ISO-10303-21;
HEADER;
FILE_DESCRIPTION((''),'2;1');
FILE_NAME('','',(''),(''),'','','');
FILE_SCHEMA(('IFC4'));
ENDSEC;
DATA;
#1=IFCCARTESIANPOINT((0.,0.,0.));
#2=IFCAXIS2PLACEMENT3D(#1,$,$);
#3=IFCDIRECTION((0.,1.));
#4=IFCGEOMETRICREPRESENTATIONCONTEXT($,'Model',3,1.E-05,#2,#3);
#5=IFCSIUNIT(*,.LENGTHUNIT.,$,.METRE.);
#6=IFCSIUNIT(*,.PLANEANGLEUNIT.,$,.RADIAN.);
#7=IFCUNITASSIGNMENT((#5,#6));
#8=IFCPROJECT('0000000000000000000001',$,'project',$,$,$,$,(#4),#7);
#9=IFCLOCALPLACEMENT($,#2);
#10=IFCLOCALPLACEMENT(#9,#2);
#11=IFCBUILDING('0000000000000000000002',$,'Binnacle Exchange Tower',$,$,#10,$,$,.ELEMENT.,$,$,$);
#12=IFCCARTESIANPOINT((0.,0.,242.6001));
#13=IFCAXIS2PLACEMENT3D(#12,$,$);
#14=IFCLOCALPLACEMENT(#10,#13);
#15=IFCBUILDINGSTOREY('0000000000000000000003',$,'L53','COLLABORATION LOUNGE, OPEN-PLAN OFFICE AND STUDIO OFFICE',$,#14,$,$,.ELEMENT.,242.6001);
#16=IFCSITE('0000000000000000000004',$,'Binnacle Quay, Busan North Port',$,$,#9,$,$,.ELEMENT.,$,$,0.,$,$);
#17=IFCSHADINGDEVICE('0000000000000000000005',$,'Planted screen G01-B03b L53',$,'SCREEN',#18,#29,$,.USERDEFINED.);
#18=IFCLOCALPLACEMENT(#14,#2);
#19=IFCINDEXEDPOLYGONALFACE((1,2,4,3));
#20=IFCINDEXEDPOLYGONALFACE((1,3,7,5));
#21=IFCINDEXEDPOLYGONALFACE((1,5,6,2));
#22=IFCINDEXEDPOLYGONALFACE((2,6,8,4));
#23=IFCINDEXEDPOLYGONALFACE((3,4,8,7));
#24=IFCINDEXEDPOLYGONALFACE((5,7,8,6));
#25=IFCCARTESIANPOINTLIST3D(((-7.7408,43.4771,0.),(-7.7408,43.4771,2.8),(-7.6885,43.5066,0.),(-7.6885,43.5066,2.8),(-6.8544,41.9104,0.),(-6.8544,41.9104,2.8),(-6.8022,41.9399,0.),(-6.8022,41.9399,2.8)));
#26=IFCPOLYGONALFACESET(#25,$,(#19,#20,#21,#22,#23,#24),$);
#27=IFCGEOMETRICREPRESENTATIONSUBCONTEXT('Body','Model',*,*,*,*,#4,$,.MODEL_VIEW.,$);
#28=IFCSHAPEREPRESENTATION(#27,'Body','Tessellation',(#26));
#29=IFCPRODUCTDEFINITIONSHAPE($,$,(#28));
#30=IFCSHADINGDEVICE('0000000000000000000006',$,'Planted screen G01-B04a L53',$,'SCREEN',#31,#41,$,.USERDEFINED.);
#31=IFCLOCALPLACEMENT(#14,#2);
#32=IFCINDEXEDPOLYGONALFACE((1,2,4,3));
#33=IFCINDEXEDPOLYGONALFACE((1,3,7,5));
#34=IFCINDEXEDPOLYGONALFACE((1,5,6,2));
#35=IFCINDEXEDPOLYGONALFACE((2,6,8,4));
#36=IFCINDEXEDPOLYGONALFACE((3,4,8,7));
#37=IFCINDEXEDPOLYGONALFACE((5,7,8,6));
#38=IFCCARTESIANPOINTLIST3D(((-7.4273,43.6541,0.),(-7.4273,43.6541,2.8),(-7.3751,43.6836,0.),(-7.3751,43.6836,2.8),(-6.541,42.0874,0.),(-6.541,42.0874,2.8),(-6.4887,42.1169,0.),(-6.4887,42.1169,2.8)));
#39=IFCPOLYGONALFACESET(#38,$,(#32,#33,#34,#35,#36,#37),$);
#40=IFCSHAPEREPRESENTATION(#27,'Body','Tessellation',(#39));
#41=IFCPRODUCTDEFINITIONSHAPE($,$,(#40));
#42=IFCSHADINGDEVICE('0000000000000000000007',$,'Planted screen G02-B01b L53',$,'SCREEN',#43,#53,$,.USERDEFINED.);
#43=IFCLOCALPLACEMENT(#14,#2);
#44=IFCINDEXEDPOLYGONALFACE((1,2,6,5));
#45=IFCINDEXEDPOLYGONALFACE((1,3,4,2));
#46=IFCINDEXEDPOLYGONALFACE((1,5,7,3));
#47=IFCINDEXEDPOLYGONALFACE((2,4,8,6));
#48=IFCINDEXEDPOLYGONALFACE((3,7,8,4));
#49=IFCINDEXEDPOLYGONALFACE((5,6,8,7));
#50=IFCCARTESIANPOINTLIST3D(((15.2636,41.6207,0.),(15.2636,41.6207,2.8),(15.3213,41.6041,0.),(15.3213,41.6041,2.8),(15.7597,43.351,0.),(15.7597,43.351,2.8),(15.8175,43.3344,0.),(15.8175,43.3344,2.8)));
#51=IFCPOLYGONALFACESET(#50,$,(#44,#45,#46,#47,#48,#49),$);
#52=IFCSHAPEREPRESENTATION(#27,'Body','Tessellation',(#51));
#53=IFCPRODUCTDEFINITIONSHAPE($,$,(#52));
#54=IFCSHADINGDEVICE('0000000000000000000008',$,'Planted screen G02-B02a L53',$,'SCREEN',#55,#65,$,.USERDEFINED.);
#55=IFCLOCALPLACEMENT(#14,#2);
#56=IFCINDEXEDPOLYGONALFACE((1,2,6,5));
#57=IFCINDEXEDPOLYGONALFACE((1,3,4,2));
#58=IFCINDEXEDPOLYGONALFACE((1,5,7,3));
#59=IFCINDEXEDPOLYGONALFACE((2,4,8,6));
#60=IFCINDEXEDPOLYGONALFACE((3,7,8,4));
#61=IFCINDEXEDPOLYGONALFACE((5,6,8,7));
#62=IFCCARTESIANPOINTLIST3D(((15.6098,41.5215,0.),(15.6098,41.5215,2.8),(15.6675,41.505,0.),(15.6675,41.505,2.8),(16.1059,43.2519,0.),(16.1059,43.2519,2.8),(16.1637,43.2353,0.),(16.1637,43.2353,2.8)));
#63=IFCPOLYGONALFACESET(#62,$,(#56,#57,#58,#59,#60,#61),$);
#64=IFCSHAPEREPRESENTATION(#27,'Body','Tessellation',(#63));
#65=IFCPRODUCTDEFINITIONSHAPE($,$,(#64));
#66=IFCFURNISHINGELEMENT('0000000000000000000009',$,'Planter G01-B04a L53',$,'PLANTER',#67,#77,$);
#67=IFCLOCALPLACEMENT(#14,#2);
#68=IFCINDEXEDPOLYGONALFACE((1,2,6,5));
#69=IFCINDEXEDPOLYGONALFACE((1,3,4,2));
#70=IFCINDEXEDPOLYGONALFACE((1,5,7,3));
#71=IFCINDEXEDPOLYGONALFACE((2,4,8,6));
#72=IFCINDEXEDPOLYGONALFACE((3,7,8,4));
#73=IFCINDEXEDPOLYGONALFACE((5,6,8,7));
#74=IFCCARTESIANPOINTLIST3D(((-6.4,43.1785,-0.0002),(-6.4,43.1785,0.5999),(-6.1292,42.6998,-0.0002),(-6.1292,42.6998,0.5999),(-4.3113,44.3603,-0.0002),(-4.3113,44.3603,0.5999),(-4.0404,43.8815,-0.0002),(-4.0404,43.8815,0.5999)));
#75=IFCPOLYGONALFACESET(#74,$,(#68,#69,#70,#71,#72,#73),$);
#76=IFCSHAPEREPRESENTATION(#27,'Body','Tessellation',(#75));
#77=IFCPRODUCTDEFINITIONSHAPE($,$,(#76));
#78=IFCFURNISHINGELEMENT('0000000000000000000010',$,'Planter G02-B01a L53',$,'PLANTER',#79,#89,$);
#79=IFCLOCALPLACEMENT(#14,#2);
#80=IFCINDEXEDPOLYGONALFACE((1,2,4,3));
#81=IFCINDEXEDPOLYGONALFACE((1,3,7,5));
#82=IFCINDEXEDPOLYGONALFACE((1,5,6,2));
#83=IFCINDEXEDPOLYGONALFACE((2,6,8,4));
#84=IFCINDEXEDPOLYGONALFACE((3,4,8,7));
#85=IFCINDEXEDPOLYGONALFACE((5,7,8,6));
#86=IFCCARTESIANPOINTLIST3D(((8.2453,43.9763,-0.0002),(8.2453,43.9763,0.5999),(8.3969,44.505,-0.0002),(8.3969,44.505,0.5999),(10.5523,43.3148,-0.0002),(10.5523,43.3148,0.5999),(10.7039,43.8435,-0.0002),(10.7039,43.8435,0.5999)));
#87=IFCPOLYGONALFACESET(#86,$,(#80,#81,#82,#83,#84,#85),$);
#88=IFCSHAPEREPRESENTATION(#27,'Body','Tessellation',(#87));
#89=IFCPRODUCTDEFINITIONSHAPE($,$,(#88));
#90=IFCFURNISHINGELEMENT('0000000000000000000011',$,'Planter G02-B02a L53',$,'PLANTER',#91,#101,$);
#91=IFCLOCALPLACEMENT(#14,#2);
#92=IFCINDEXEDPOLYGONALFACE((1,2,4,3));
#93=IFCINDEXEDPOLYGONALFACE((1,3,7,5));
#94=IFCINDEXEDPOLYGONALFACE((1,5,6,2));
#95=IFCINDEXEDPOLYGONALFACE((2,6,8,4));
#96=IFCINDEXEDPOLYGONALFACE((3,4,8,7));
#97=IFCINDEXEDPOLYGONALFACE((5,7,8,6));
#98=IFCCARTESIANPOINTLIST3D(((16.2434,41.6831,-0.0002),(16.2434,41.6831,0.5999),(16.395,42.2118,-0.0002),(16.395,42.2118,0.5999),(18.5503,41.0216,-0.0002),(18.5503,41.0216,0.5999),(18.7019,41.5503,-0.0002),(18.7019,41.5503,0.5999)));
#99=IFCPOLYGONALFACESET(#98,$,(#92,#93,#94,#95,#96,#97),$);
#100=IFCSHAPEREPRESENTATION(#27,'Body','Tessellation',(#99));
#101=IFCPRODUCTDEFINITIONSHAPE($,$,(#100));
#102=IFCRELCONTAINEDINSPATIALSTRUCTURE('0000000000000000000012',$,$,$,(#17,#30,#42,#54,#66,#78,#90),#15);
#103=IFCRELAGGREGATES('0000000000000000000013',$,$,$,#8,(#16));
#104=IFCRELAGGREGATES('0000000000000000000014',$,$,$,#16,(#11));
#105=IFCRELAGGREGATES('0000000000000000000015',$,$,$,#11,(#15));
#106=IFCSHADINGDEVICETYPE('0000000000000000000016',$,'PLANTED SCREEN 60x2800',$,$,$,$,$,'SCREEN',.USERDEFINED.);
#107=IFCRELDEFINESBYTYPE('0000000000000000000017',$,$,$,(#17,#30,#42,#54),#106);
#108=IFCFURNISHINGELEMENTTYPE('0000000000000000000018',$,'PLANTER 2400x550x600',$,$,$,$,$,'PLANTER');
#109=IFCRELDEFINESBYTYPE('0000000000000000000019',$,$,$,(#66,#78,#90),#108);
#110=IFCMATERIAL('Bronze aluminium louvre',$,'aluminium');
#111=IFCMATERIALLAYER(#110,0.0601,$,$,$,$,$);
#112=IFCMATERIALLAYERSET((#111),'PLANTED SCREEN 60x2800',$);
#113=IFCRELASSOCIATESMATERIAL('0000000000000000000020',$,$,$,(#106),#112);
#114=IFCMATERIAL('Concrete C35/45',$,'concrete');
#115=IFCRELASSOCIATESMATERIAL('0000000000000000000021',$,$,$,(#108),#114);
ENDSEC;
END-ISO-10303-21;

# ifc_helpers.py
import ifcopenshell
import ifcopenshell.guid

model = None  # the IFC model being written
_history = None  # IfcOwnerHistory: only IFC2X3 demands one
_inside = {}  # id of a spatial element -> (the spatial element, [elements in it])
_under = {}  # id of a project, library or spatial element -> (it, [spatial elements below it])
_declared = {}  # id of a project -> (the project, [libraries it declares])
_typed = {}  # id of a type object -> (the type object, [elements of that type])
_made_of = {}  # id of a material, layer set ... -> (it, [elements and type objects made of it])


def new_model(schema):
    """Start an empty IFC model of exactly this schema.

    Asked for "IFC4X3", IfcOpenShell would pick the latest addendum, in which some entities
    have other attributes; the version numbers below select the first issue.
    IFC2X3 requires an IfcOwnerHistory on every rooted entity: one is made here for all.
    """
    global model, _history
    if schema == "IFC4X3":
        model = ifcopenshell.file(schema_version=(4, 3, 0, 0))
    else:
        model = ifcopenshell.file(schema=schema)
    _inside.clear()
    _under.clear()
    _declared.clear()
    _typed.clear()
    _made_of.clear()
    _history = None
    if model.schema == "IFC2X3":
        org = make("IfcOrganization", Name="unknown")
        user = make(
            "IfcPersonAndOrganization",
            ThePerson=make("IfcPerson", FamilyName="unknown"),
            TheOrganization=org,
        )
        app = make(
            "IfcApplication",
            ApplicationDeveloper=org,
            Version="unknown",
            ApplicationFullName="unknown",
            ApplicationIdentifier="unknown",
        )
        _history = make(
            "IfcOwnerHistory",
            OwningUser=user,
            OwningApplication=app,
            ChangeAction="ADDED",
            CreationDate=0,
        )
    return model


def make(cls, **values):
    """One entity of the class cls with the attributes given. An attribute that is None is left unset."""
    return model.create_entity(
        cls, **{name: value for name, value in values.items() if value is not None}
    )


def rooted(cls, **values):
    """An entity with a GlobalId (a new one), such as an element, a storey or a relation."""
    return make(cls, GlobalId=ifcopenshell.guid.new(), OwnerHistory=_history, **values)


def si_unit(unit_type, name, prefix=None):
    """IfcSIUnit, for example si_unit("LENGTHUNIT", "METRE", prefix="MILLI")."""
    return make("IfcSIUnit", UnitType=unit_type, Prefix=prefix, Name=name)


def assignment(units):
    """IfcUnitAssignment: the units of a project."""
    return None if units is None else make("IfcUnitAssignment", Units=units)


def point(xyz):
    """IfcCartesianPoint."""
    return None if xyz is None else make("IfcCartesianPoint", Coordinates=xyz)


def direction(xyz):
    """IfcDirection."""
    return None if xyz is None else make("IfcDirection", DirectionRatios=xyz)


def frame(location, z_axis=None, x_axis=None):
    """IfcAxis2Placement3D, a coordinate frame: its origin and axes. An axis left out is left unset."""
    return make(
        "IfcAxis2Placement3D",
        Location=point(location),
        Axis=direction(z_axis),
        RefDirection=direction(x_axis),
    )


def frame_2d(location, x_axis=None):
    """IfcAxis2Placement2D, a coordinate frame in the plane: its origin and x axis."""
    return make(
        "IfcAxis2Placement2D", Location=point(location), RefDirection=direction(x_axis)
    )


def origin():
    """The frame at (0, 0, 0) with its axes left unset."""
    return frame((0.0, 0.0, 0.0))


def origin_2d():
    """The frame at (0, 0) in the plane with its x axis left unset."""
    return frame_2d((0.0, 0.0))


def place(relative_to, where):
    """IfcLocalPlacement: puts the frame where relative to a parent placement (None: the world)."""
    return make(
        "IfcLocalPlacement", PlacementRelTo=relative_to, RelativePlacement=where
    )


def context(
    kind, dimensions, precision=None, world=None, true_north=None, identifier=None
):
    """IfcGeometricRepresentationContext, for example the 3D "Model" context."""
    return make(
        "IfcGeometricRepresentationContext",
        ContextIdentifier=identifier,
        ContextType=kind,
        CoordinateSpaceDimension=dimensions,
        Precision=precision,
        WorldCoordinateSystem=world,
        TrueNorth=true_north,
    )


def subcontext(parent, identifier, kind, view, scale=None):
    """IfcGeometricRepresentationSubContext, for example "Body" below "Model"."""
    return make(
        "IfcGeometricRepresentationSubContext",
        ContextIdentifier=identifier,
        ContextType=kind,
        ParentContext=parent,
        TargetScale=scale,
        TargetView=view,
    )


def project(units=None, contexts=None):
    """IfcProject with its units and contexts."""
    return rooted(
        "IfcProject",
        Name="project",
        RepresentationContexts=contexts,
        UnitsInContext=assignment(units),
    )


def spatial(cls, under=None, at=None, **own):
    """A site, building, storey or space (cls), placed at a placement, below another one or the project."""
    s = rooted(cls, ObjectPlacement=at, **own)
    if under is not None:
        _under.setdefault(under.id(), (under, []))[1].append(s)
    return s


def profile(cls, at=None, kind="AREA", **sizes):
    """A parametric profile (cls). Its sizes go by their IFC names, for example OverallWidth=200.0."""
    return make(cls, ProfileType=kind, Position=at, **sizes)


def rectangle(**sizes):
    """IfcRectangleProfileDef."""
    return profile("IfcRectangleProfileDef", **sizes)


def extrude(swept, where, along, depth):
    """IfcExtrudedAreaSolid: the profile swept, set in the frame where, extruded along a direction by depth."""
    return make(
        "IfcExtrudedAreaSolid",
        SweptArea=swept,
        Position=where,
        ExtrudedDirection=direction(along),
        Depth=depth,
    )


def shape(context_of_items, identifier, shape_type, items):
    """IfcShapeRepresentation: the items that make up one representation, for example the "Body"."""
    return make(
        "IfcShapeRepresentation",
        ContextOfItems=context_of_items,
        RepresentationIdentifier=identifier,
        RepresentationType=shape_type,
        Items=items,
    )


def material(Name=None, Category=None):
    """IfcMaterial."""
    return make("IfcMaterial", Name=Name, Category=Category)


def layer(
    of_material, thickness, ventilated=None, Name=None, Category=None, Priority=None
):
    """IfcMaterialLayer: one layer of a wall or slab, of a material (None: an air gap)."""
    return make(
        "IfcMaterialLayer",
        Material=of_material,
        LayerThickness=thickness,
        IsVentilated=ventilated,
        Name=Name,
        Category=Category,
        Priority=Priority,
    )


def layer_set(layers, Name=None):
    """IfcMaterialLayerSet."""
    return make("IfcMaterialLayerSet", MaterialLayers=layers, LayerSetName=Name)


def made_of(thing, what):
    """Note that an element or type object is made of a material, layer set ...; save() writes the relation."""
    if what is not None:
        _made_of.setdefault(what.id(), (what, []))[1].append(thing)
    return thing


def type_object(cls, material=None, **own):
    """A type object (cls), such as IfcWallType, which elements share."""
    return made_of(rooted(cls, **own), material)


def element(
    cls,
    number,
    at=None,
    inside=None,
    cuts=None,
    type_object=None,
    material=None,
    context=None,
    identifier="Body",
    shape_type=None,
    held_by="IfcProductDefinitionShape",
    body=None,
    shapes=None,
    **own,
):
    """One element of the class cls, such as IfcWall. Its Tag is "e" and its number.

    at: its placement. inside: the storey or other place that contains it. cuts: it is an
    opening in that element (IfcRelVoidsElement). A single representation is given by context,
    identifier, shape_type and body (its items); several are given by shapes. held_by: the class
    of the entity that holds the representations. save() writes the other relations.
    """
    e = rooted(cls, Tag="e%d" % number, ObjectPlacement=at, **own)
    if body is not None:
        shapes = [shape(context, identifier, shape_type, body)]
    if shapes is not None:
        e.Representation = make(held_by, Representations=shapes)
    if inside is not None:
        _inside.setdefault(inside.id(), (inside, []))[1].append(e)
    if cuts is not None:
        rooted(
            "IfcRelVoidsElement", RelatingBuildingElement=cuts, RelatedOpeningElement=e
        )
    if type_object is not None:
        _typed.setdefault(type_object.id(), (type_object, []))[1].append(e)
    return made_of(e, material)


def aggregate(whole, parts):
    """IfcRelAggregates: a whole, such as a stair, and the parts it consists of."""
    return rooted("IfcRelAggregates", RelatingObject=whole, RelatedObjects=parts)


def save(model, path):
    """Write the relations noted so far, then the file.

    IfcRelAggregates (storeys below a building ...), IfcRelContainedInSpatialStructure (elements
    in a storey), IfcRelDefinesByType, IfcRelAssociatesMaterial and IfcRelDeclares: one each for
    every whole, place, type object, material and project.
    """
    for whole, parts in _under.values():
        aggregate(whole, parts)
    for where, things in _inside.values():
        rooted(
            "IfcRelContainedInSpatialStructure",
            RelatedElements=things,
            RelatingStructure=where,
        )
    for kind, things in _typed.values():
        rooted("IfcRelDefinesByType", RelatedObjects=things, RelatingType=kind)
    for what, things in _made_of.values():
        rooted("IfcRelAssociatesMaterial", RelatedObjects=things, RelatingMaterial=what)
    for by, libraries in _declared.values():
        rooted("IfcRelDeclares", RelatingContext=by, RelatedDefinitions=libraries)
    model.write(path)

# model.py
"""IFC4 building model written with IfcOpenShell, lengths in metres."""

from ifc_helpers import new_model, si_unit, direction, frame, origin, origin_2d, place, context, subcontext, project, spatial, rectangle, extrude, material, layer, layer_set, type_object, element, save


model = new_model("IFC4")

# Units and contexts
model_context = context("Model", 3, precision=1e-05, world=origin(), true_north=direction((0.0, 1.0)))
body_context = subcontext(model_context, "Body", "Model", "MODEL_VIEW")
ifc_project = project(units=[si_unit("LENGTHUNIT", "METRE"), si_unit("PLANEANGLEUNIT", "RADIAN")], contexts=[model_context])

# Site, building, storey
site_placement = place(None, origin())
site = spatial("IfcSite", under=ifc_project, at=site_placement, Name="Binnacle Quay, Busan North Port", CompositionType="ELEMENT", RefElevation=0.0)
building_placement = place(site_placement, origin())
building = spatial("IfcBuilding", under=site, at=building_placement, Name="Binnacle Exchange Tower", CompositionType="ELEMENT")
storey_placement = place(building_placement, frame((0.0, 0.0, 242.6001)))
storey = spatial("IfcBuildingStorey", under=building, at=storey_placement, Name="L53", Description="COLLABORATION LOUNGE, OPEN-PLAN OFFICE AND STUDIO OFFICE", CompositionType="ELEMENT", Elevation=242.6001)

# Shading devices
ifc_material_1 = material(Name="Bronze aluminium louvre", Category="aluminium")
ifc_layer_1 = layer(ifc_material_1, 0.0601)
ifc_layer_set_1 = layer_set([ifc_layer_1], Name="PLANTED SCREEN 60x2800")
shading_device_type = type_object("IfcShadingDeviceType", Name="PLANTED SCREEN 60x2800", ElementType="SCREEN", PredefinedType="USERDEFINED", material=ifc_layer_set_1)
for number, where, z_axis, x_axis, name in (
    (1, (-7.2715, 42.7085, 0.0), (0.0, 0.0, 1.0), (0.870356, 0.492424, 0.0), "Planted screen G01-B03b L53"),
    (2, (-6.958, 42.8855, 0.0), (0.0, 0.0, 1.0), (0.870356, 0.492424, 0.0), "Planted screen G01-B04a L53"),
    (3, (15.5405, 42.4775, 0.0), (0.0, 0.0, 1.0), (0.961262, -0.275637, 0.0), "Planted screen G02-B01b L53"),
    (4, (15.8867, 42.3784, 0.0), (0.0, 0.0, 1.0), (0.961262, -0.275637, 0.0), "Planted screen G02-B02a L53"),
):
    element("IfcShadingDevice", number, at=place(storey_placement, frame(where, z_axis=z_axis, x_axis=x_axis)), inside=storey, type_object=shading_device_type, Name=name, ObjectType="SCREEN", PredefinedType="USERDEFINED", context=body_context, shape_type="SweptSolid", body=[
        extrude(rectangle(XDim=0.0601, YDim=1.8, at=origin_2d()), origin(), (0.0, 0.0, 1.0), 2.8),
    ])

# Furnishing elements
ifc_material_2 = material(Name="Concrete C35/45", Category="concrete")
furnishing_element_type = type_object("IfcFurnishingElementType", Name="PLANTER 2400x550x600", ElementType="PLANTER", material=ifc_material_2)
for number, where, z_axis, x_axis, name in (
    (5, (-5.2202, 43.53, -0.0002), (0.0, 0.0, 1.0), (0.870356, 0.492424, 0.0), "Planter G01-B04a L53"),
    (6, (9.4746, 43.9099, -0.0002), (0.0, 0.0, 1.0), (0.961262, -0.275637, 0.0), "Planter G02-B01a L53"),
    (7, (17.4727, 41.6167, -0.0002), (0.0, 0.0, 1.0), (0.961262, -0.275637, 0.0), "Planter G02-B02a L53"),
):
    element("IfcFurnishingElement", number, at=place(storey_placement, frame(where, z_axis=z_axis, x_axis=x_axis)), inside=storey, type_object=furnishing_element_type, Name=name, ObjectType="PLANTER", context=body_context, shape_type="SweptSolid", body=[
        extrude(rectangle(XDim=2.3999, YDim=0.55, at=origin_2d()), origin(), (0.0, 0.0, 1.0), 0.6001),
    ])

save(model, "model.ifc")
